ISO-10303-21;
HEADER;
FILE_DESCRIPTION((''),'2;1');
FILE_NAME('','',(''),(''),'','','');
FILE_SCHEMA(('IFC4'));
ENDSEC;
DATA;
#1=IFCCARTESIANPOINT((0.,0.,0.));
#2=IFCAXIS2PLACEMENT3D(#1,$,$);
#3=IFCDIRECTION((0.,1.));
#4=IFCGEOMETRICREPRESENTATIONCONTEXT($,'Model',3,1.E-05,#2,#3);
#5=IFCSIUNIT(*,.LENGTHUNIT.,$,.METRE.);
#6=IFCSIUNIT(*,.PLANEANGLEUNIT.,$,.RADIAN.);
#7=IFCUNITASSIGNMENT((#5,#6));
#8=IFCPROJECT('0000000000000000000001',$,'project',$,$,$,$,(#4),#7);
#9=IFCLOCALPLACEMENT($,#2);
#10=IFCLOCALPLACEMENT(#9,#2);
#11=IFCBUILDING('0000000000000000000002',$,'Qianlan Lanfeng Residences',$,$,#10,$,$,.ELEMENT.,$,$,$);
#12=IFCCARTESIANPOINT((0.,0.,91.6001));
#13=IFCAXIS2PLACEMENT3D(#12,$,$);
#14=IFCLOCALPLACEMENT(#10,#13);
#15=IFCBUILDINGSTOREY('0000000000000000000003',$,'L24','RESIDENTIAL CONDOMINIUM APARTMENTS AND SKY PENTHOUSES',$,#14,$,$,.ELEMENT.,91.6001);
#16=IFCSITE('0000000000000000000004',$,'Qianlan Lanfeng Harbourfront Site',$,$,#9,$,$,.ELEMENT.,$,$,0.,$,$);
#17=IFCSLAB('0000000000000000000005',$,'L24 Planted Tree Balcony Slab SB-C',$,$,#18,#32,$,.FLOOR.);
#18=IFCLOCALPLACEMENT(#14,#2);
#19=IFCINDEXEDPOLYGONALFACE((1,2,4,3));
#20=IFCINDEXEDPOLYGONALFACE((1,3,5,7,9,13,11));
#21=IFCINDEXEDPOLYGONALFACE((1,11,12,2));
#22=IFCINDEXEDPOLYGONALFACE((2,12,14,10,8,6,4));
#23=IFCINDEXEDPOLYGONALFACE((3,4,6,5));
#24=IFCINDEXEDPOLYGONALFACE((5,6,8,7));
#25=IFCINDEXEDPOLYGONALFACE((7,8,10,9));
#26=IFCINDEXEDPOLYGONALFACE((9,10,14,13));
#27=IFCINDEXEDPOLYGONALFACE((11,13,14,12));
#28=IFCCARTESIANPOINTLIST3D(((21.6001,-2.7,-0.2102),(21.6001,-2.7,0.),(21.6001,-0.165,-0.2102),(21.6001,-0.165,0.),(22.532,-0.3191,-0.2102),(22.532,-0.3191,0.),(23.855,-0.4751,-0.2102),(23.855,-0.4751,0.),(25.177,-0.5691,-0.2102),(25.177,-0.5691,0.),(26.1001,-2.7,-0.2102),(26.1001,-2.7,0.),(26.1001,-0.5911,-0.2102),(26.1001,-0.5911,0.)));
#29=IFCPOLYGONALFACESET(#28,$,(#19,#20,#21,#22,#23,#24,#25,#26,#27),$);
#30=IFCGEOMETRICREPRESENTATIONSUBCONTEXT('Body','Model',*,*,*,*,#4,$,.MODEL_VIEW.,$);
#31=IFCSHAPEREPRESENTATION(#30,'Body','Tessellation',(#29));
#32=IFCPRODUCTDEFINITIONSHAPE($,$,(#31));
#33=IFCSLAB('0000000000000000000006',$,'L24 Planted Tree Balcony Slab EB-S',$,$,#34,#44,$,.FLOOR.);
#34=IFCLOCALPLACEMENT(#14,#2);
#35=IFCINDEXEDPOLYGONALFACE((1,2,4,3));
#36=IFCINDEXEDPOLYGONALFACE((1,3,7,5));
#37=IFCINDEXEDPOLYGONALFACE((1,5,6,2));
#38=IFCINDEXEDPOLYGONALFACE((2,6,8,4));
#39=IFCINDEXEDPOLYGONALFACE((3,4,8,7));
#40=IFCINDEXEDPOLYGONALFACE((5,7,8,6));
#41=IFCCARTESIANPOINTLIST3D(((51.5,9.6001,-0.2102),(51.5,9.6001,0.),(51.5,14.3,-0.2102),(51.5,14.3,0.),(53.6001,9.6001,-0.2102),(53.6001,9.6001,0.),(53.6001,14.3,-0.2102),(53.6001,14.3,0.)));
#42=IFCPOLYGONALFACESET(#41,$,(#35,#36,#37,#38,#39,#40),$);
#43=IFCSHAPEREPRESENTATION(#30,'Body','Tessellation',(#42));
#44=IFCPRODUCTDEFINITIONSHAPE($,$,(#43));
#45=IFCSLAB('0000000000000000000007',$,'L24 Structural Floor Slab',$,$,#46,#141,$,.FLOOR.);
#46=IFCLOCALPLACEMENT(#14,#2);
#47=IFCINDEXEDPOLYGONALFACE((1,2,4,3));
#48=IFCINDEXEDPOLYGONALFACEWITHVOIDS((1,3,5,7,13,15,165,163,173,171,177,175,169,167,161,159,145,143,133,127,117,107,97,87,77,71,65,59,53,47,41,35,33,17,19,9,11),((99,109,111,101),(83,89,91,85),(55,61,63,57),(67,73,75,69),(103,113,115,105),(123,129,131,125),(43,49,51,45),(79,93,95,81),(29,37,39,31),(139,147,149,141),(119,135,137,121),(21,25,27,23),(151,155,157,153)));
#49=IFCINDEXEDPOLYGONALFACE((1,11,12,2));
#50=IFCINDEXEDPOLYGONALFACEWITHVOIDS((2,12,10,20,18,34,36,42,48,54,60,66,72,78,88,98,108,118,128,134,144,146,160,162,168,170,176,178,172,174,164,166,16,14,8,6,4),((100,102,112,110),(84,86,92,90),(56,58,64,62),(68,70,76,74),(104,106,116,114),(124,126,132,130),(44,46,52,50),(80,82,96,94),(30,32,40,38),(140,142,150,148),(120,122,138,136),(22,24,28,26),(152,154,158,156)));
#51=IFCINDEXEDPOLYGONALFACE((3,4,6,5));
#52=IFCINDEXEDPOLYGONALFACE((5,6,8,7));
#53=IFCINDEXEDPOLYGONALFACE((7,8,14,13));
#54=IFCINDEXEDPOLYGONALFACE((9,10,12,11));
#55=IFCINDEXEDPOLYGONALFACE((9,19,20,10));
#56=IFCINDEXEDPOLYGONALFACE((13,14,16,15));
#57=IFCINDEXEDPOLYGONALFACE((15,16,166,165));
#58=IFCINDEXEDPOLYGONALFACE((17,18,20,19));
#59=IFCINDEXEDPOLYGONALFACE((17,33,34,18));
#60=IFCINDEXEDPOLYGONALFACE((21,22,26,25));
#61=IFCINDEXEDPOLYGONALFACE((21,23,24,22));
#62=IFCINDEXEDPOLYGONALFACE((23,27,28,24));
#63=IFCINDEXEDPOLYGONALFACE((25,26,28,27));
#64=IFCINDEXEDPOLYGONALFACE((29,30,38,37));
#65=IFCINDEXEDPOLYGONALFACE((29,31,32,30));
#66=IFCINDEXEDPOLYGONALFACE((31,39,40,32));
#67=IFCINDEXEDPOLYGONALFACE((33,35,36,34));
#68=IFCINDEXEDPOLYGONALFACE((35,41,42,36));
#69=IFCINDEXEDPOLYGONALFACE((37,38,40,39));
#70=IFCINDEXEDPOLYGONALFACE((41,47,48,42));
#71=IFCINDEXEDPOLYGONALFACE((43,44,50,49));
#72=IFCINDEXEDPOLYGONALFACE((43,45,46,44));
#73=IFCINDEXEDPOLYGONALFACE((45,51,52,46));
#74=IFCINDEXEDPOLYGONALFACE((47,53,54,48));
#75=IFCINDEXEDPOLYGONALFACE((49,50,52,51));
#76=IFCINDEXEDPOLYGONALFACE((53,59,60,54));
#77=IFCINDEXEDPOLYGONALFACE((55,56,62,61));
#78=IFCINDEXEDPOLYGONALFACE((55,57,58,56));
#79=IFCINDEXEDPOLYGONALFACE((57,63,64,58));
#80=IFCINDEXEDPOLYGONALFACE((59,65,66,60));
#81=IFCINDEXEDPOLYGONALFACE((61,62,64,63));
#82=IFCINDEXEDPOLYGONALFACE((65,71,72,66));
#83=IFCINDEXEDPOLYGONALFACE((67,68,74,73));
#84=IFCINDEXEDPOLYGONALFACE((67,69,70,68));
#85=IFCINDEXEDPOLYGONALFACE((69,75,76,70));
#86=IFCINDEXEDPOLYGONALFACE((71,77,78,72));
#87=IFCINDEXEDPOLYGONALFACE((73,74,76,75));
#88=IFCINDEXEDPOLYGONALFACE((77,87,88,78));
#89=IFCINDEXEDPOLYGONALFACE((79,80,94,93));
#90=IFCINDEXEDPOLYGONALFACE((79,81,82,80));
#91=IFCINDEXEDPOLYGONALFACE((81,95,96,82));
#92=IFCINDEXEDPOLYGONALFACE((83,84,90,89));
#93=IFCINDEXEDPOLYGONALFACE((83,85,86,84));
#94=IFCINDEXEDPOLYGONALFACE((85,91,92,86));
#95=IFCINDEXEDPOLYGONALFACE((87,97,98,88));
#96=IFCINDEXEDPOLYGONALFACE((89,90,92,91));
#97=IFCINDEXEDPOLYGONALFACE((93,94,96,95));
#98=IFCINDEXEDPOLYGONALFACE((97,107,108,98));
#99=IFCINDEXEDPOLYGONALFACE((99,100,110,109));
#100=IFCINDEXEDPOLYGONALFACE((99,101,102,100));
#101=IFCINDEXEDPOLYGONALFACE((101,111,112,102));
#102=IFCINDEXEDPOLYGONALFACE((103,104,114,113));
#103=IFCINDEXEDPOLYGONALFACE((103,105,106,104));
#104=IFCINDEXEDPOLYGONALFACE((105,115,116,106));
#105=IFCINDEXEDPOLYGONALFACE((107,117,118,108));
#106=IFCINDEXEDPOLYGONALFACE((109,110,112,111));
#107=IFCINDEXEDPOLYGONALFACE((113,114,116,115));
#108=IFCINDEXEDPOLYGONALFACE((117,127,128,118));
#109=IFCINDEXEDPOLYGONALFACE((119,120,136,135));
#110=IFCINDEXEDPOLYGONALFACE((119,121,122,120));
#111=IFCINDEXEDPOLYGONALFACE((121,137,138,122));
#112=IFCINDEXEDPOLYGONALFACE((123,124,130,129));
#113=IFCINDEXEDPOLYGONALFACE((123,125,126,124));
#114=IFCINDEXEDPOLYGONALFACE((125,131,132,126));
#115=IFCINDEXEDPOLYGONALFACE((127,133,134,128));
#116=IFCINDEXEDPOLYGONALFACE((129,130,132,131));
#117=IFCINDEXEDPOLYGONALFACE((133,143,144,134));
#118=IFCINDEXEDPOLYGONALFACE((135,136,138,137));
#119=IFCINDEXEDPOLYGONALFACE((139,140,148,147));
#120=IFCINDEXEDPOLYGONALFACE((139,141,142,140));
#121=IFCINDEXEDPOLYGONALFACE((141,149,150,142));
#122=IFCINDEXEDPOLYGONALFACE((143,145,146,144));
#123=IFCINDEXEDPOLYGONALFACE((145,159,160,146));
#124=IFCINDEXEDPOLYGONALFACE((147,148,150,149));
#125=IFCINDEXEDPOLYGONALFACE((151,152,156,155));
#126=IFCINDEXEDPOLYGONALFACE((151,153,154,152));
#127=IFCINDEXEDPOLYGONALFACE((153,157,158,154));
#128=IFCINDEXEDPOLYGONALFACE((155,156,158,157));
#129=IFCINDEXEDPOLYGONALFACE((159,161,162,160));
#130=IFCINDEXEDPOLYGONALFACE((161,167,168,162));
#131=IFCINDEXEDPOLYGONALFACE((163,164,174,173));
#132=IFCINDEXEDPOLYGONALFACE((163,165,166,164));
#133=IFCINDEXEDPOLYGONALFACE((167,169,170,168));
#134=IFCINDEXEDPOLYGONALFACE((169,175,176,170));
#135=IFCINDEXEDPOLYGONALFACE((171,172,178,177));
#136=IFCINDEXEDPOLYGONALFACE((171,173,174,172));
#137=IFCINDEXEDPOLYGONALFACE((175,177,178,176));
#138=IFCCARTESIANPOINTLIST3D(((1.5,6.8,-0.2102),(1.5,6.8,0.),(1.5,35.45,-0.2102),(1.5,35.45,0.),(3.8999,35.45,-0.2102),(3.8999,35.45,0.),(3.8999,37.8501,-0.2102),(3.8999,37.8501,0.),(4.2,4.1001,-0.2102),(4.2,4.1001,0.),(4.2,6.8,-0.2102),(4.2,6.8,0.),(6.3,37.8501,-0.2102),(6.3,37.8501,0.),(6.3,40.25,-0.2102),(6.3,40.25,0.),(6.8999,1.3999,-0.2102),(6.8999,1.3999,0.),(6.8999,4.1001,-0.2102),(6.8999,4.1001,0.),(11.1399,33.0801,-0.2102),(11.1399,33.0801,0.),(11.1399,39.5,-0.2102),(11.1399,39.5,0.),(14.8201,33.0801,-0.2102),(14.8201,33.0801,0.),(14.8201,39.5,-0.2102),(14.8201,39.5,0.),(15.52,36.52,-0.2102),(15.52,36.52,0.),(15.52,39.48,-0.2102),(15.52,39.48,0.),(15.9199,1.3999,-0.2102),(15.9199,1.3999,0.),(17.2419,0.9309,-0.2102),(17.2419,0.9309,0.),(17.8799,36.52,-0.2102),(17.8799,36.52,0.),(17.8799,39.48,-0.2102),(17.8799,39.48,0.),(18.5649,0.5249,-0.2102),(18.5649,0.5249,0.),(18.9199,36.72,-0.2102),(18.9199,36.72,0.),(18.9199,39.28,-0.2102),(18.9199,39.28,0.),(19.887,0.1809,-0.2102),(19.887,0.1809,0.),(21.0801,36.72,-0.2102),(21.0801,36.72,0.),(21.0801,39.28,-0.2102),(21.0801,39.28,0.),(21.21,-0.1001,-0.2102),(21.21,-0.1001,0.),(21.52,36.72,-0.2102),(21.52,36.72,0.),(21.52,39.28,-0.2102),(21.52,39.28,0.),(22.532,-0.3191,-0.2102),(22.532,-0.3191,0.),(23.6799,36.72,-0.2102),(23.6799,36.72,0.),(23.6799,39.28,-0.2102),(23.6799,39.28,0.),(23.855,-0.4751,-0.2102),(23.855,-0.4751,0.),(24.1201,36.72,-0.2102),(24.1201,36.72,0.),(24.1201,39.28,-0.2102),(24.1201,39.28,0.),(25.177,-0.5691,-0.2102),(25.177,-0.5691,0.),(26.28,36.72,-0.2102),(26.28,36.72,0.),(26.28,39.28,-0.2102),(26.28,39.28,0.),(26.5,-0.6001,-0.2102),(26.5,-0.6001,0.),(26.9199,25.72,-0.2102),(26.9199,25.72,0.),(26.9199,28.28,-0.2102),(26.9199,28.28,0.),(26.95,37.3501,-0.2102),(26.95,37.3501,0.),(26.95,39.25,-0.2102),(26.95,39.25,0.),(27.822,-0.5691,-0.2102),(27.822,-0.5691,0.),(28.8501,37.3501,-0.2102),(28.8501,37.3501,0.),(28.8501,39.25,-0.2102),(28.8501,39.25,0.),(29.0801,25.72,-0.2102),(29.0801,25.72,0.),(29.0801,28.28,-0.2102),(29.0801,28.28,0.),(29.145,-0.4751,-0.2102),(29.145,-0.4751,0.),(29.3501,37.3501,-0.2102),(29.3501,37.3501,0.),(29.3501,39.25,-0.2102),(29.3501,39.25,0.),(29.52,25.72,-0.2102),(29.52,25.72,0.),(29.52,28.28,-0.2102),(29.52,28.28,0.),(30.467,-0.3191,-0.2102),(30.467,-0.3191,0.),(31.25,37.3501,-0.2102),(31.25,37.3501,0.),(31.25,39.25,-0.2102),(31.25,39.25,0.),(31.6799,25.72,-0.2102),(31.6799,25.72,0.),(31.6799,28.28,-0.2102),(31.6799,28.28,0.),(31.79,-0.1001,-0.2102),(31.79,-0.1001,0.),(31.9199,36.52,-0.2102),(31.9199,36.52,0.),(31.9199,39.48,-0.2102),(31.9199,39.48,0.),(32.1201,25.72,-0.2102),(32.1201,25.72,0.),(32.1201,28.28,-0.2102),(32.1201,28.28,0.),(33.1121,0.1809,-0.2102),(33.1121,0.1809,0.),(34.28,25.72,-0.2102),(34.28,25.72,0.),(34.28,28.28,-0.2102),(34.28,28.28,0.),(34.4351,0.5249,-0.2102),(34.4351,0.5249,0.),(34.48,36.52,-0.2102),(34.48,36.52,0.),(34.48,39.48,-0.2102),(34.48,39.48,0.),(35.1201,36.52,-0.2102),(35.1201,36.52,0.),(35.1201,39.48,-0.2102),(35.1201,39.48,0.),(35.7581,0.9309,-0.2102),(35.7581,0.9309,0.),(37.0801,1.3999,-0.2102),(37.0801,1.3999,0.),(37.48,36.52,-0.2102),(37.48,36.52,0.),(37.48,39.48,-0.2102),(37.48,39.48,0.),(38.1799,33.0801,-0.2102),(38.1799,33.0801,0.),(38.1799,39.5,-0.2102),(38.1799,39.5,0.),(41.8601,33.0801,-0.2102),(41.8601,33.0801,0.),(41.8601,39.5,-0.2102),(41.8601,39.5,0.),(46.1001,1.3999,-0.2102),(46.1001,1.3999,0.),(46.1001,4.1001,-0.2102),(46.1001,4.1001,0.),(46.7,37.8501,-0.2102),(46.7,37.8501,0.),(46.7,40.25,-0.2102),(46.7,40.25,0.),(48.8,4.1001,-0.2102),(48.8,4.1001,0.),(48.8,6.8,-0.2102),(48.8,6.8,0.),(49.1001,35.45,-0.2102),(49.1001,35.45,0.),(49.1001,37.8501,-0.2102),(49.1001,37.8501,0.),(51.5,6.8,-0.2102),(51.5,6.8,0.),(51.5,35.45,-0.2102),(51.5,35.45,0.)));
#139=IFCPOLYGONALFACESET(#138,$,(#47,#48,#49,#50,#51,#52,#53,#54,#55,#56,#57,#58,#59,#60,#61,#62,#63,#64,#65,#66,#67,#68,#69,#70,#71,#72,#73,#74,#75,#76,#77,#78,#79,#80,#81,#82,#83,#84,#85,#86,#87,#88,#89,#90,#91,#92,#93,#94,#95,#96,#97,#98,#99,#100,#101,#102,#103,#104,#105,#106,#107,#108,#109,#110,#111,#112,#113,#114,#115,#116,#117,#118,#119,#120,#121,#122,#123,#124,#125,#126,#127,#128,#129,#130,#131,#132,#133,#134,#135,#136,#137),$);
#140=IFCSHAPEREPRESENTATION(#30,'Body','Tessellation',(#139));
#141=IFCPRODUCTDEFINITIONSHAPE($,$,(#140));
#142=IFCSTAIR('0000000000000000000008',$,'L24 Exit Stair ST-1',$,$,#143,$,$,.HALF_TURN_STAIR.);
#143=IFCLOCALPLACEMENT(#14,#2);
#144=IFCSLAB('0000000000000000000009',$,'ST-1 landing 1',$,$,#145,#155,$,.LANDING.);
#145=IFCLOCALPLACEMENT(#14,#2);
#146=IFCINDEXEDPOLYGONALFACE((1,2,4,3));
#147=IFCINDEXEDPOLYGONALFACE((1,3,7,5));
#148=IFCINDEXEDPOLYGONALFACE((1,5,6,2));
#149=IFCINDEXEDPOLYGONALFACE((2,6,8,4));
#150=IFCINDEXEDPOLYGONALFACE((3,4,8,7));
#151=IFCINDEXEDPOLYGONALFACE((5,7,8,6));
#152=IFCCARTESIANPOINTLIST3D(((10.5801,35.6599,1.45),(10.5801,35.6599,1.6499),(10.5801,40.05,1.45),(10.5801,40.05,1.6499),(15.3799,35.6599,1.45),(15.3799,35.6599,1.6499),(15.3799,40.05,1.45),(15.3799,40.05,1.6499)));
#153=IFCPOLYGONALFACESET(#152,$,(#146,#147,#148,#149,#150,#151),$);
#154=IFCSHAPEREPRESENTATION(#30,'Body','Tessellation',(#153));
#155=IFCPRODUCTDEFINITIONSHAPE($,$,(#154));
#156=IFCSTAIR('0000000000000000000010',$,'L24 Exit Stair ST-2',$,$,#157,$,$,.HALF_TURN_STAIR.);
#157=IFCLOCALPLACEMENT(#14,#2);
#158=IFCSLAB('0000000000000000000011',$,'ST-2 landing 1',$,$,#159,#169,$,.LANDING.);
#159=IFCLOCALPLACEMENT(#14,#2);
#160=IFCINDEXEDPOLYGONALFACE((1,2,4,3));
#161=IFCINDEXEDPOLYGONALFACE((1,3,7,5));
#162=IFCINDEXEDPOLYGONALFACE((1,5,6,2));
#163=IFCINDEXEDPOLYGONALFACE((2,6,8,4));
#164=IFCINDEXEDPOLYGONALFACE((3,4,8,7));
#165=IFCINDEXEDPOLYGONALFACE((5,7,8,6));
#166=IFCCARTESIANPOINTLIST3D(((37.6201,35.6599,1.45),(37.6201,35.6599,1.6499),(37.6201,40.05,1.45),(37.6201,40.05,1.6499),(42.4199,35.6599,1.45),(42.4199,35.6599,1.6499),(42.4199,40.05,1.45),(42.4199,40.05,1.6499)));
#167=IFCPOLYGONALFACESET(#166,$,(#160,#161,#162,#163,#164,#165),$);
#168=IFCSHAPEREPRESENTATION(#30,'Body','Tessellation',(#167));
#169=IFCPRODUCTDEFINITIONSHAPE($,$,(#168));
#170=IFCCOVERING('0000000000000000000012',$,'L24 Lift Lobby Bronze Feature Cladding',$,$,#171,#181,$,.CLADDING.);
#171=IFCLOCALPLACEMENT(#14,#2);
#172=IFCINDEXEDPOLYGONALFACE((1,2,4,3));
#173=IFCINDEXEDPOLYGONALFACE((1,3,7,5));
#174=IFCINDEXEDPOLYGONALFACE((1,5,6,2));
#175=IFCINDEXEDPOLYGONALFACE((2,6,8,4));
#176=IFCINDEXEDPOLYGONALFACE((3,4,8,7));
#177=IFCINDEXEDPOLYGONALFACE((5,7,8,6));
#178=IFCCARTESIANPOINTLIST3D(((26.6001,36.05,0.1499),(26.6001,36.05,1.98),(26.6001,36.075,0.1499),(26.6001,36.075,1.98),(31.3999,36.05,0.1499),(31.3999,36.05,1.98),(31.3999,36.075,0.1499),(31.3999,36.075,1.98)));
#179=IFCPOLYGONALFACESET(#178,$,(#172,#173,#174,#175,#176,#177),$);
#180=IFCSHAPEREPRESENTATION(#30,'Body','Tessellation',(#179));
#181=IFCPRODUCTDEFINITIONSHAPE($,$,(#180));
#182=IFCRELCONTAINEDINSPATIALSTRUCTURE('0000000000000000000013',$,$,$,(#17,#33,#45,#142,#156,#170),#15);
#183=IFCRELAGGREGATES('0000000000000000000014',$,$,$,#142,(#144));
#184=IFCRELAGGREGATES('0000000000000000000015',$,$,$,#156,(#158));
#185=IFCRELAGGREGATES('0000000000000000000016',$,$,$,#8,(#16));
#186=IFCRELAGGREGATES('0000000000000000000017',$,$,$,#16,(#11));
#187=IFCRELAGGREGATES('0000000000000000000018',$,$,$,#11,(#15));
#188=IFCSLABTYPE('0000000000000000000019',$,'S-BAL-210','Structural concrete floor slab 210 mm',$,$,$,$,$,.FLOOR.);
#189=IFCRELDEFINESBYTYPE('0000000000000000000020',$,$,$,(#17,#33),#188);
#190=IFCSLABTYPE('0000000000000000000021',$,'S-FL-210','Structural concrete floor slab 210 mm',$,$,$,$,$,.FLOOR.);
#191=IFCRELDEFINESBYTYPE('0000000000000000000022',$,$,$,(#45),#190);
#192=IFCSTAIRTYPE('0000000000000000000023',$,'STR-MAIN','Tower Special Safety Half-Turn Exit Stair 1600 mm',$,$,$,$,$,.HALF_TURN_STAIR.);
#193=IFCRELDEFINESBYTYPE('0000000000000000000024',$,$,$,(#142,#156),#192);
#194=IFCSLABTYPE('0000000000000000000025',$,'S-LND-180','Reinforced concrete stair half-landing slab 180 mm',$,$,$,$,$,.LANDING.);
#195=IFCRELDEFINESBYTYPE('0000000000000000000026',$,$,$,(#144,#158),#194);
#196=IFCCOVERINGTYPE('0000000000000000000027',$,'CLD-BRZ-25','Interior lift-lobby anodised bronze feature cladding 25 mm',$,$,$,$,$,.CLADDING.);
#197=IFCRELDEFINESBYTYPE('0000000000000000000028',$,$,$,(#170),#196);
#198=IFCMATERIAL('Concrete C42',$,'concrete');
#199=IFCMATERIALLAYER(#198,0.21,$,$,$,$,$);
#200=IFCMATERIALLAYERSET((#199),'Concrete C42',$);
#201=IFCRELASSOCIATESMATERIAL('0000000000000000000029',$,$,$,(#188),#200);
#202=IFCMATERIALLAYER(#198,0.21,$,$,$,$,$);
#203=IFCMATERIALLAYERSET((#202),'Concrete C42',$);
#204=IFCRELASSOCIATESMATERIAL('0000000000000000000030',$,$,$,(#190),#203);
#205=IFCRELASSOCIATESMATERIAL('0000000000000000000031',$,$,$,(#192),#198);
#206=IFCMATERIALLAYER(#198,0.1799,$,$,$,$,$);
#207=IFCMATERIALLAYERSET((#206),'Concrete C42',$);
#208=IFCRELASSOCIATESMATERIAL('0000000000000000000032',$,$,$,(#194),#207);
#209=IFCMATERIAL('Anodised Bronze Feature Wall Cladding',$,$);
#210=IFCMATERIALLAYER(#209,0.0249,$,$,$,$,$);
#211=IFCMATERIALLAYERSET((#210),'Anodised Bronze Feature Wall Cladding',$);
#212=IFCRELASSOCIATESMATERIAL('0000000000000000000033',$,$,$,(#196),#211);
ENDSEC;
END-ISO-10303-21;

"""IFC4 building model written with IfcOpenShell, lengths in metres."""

from ifc_helpers import new_model, si_unit, direction, frame, origin, place, context, subcontext, project, spatial, polyline, outline, extrude, material, layer, layer_set, type_object, element, aggregate, save


model = new_model("IFC4")

# Units and contexts
model_context = context("Model", 3, precision=1e-05, world=origin(), true_north=direction((0.0, 1.0)))
body_context = subcontext(model_context, "Body", "Model", "MODEL_VIEW")
ifc_project = project(units=[si_unit("LENGTHUNIT", "METRE"), si_unit("PLANEANGLEUNIT", "RADIAN")], contexts=[model_context])

# Site, building, storey
site_placement = place(None, origin())
site = spatial("IfcSite", under=ifc_project, at=site_placement, Name="Qianlan Lanfeng Harbourfront Site", CompositionType="ELEMENT", RefElevation=0.0)
building_placement = place(site_placement, origin())
building = spatial("IfcBuilding", under=site, at=building_placement, Name="Qianlan Lanfeng Residences", CompositionType="ELEMENT")
storey_placement = place(building_placement, frame((0.0, 0.0, 91.6001)))
storey = spatial("IfcBuildingStorey", under=building, at=storey_placement, Name="L24", Description="RESIDENTIAL CONDOMINIUM APARTMENTS AND SKY PENTHOUSES", CompositionType="ELEMENT", Elevation=91.6001)

# Slabs
ifc_material_1 = material(Name="Concrete C42", Category="concrete")
ifc_layer_1 = layer(ifc_material_1, 0.21)
ifc_layer_set_1 = layer_set([ifc_layer_1], Name="Concrete C42")
slab_type_1 = type_object("IfcSlabType", Name="S-BAL-210", Description="Structural concrete floor slab 210 mm", PredefinedType="FLOOR", material=ifc_layer_set_1)
slab_1_placement = place(storey_placement, frame((0.0, 0.0, -0.2102)))
element("IfcSlab", 1, at=slab_1_placement, inside=storey, type_object=slab_type_1, Name="L24 Planted Tree Balcony Slab SB-C", PredefinedType="FLOOR", context=body_context, shape_type="SweptSolid", body=[
    extrude(outline(polyline([(26.1001, -0.5911), (25.177, -0.5691), (23.855, -0.4751), (22.532, -0.3191), (21.6001, -0.165), (21.6001, -2.7), (26.1001, -2.7), (26.1001, -0.5911)])), origin(), (0.0, 0.0, 1.0), 0.2102),
])
slab_2_placement = place(storey_placement, frame((0.0, 0.0, -0.2102)))
element("IfcSlab", 2, at=slab_2_placement, inside=storey, type_object=slab_type_1, Name="L24 Planted Tree Balcony Slab EB-S", PredefinedType="FLOOR", context=body_context, shape_type="SweptSolid", body=[
    extrude(outline(polyline([(51.5, 14.3), (51.5, 9.6001), (53.6001, 9.6001), (53.6001, 14.3), (51.5, 14.3)])), origin(), (0.0, 0.0, 1.0), 0.2102),
])
ifc_layer_2 = layer(ifc_material_1, 0.21)
ifc_layer_set_2 = layer_set([ifc_layer_2], Name="Concrete C42")
slab_type_2 = type_object("IfcSlabType", Name="S-FL-210", Description="Structural concrete floor slab 210 mm", PredefinedType="FLOOR", material=ifc_layer_set_2)
slab_3_placement = place(storey_placement, frame((0.0, 0.0, -0.2102)))
element("IfcSlab", 3, at=slab_3_placement, inside=storey, type_object=slab_type_2, Name="L24 Structural Floor Slab", PredefinedType="FLOOR", context=body_context, shape_type="SweptSolid", body=[
    extrude(outline(polyline([(1.5, 6.8), (4.2, 6.8), (4.2, 4.1001), (6.8999, 4.1001), (6.8999, 1.3999), (15.9199, 1.3999), (17.2419, 0.9309), (18.5649, 0.5249), (19.887, 0.1809), (21.21, -0.1001), (22.532, -0.3191), (23.855, -0.4751), (25.177, -0.5691), (26.5, -0.6001), (27.822, -0.5691), (29.145, -0.4751), (30.467, -0.3191), (31.79, -0.1001), (33.1121, 0.1809), (34.4351, 0.5249), (35.7581, 0.9309), (37.0801, 1.3999), (46.1001, 1.3999), (46.1001, 4.1001), (48.8, 4.1001), (48.8, 6.8), (51.5, 6.8), (51.5, 35.45), (49.1001, 35.45), (49.1001, 37.8501), (46.7, 37.8501), (46.7, 40.25), (6.3, 40.25), (6.3, 37.8501), (3.8999, 37.8501), (3.8999, 35.45), (1.5, 35.45), (1.5, 6.8)]), holes=[polyline([(11.1399, 33.0801), (11.1399, 39.5), (14.8201, 39.5), (14.8201, 33.0801), (11.1399, 33.0801)]), polyline([(38.1799, 33.0801), (38.1799, 39.5), (41.8601, 39.5), (41.8601, 33.0801), (38.1799, 33.0801)]), polyline([(15.52, 36.52), (15.52, 39.48), (17.8799, 39.48), (17.8799, 36.52), (15.52, 36.52)]), polyline([(35.1201, 36.52), (35.1201, 39.48), (37.48, 39.48), (37.48, 36.52), (35.1201, 36.52)]), polyline([(31.9199, 36.52), (31.9199, 39.48), (34.48, 39.48), (34.48, 36.52), (31.9199, 36.52)]), polyline([(26.9199, 25.72), (26.9199, 28.28), (29.0801, 28.28), (29.0801, 25.72), (26.9199, 25.72)]), polyline([(29.52, 25.72), (29.52, 28.28), (31.6799, 28.28), (31.6799, 25.72), (29.52, 25.72)]), polyline([(32.1201, 25.72), (32.1201, 28.28), (34.28, 28.28), (34.28, 25.72), (32.1201, 25.72)]), polyline([(18.9199, 36.72), (18.9199, 39.28), (21.0801, 39.28), (21.0801, 36.72), (18.9199, 36.72)]), polyline([(21.52, 36.72), (21.52, 39.28), (23.6799, 39.28), (23.6799, 36.72), (21.52, 36.72)]), polyline([(24.1201, 36.72), (24.1201, 39.28), (26.28, 39.28), (26.28, 36.72), (24.1201, 36.72)]), polyline([(26.95, 37.3501), (26.95, 39.25), (28.8501, 39.25), (28.8501, 37.3501), (26.95, 37.3501)]), polyline([(29.3501, 37.3501), (29.3501, 39.25), (31.25, 39.25), (31.25, 37.3501), (29.3501, 37.3501)])]), origin(), (0.0, 0.0, 1.0), 0.2102),
])

# Stairs, slabs
stair_type = type_object("IfcStairType", Name="STR-MAIN", Description="Tower Special Safety Half-Turn Exit Stair 1600 mm", PredefinedType="HALF_TURN_STAIR", material=ifc_material_1)
stair_1_placement = place(storey_placement, origin())
stair_1 = element("IfcStair", 4, at=stair_1_placement, inside=storey, type_object=stair_type, Name="L24 Exit Stair ST-1", PredefinedType="HALF_TURN_STAIR")
ifc_layer_3 = layer(ifc_material_1, 0.1799)
ifc_layer_set_3 = layer_set([ifc_layer_3], Name="Concrete C42")
slab_type_3 = type_object("IfcSlabType", Name="S-LND-180", Description="Reinforced concrete stair half-landing slab 180 mm", PredefinedType="LANDING", material=ifc_layer_set_3)
slab_4_placement = place(storey_placement, frame((0.0, 0.0, 1.45)))
slab_4 = element("IfcSlab", 5, at=slab_4_placement, type_object=slab_type_3, Name="ST-1 landing 1", PredefinedType="LANDING", context=body_context, shape_type="SweptSolid", body=[
    extrude(outline(polyline([(10.5801, 35.6599), (15.3799, 35.6599), (15.3799, 40.05), (10.5801, 40.05), (10.5801, 35.6599)])), origin(), (0.0, 0.0, 1.0), 0.2),
])
aggregate(stair_1, [slab_4])
stair_2_placement = place(storey_placement, origin())
stair_2 = element("IfcStair", 6, at=stair_2_placement, inside=storey, type_object=stair_type, Name="L24 Exit Stair ST-2", PredefinedType="HALF_TURN_STAIR")
slab_5_placement = place(storey_placement, frame((0.0, 0.0, 1.45)))
slab_5 = element("IfcSlab", 7, at=slab_5_placement, type_object=slab_type_3, Name="ST-2 landing 1", PredefinedType="LANDING", context=body_context, shape_type="SweptSolid", body=[
    extrude(outline(polyline([(37.6201, 35.6599), (42.4199, 35.6599), (42.4199, 40.05), (37.6201, 40.05), (37.6201, 35.6599)])), origin(), (0.0, 0.0, 1.0), 0.2),
])
aggregate(stair_2, [slab_5])

# Covering
ifc_material_2 = material(Name="Anodised Bronze Feature Wall Cladding")
ifc_layer_4 = layer(ifc_material_2, 0.0249)
ifc_layer_set_4 = layer_set([ifc_layer_4], Name="Anodised Bronze Feature Wall Cladding")
covering_type_1 = type_object("IfcCoveringType", Name="CLD-BRZ-25", Description="Interior lift-lobby anodised bronze feature cladding 25 mm", PredefinedType="CLADDING", material=ifc_layer_set_4)
covering_1_placement = place(storey_placement, frame((0.0, 0.0, 0.1499)))
element("IfcCovering", 8, at=covering_1_placement, inside=storey, type_object=covering_type_1, Name="L24 Lift Lobby Bronze Feature Cladding", PredefinedType="CLADDING", context=body_context, shape_type="SweptSolid", body=[
    extrude(outline(polyline([(26.6001, 36.05), (31.3999, 36.05), (31.3999, 36.075), (26.6001, 36.075), (26.6001, 36.05)])), origin(), (0.0, 0.0, 1.0), 1.8301),
])

save(model, "model.ifc")
